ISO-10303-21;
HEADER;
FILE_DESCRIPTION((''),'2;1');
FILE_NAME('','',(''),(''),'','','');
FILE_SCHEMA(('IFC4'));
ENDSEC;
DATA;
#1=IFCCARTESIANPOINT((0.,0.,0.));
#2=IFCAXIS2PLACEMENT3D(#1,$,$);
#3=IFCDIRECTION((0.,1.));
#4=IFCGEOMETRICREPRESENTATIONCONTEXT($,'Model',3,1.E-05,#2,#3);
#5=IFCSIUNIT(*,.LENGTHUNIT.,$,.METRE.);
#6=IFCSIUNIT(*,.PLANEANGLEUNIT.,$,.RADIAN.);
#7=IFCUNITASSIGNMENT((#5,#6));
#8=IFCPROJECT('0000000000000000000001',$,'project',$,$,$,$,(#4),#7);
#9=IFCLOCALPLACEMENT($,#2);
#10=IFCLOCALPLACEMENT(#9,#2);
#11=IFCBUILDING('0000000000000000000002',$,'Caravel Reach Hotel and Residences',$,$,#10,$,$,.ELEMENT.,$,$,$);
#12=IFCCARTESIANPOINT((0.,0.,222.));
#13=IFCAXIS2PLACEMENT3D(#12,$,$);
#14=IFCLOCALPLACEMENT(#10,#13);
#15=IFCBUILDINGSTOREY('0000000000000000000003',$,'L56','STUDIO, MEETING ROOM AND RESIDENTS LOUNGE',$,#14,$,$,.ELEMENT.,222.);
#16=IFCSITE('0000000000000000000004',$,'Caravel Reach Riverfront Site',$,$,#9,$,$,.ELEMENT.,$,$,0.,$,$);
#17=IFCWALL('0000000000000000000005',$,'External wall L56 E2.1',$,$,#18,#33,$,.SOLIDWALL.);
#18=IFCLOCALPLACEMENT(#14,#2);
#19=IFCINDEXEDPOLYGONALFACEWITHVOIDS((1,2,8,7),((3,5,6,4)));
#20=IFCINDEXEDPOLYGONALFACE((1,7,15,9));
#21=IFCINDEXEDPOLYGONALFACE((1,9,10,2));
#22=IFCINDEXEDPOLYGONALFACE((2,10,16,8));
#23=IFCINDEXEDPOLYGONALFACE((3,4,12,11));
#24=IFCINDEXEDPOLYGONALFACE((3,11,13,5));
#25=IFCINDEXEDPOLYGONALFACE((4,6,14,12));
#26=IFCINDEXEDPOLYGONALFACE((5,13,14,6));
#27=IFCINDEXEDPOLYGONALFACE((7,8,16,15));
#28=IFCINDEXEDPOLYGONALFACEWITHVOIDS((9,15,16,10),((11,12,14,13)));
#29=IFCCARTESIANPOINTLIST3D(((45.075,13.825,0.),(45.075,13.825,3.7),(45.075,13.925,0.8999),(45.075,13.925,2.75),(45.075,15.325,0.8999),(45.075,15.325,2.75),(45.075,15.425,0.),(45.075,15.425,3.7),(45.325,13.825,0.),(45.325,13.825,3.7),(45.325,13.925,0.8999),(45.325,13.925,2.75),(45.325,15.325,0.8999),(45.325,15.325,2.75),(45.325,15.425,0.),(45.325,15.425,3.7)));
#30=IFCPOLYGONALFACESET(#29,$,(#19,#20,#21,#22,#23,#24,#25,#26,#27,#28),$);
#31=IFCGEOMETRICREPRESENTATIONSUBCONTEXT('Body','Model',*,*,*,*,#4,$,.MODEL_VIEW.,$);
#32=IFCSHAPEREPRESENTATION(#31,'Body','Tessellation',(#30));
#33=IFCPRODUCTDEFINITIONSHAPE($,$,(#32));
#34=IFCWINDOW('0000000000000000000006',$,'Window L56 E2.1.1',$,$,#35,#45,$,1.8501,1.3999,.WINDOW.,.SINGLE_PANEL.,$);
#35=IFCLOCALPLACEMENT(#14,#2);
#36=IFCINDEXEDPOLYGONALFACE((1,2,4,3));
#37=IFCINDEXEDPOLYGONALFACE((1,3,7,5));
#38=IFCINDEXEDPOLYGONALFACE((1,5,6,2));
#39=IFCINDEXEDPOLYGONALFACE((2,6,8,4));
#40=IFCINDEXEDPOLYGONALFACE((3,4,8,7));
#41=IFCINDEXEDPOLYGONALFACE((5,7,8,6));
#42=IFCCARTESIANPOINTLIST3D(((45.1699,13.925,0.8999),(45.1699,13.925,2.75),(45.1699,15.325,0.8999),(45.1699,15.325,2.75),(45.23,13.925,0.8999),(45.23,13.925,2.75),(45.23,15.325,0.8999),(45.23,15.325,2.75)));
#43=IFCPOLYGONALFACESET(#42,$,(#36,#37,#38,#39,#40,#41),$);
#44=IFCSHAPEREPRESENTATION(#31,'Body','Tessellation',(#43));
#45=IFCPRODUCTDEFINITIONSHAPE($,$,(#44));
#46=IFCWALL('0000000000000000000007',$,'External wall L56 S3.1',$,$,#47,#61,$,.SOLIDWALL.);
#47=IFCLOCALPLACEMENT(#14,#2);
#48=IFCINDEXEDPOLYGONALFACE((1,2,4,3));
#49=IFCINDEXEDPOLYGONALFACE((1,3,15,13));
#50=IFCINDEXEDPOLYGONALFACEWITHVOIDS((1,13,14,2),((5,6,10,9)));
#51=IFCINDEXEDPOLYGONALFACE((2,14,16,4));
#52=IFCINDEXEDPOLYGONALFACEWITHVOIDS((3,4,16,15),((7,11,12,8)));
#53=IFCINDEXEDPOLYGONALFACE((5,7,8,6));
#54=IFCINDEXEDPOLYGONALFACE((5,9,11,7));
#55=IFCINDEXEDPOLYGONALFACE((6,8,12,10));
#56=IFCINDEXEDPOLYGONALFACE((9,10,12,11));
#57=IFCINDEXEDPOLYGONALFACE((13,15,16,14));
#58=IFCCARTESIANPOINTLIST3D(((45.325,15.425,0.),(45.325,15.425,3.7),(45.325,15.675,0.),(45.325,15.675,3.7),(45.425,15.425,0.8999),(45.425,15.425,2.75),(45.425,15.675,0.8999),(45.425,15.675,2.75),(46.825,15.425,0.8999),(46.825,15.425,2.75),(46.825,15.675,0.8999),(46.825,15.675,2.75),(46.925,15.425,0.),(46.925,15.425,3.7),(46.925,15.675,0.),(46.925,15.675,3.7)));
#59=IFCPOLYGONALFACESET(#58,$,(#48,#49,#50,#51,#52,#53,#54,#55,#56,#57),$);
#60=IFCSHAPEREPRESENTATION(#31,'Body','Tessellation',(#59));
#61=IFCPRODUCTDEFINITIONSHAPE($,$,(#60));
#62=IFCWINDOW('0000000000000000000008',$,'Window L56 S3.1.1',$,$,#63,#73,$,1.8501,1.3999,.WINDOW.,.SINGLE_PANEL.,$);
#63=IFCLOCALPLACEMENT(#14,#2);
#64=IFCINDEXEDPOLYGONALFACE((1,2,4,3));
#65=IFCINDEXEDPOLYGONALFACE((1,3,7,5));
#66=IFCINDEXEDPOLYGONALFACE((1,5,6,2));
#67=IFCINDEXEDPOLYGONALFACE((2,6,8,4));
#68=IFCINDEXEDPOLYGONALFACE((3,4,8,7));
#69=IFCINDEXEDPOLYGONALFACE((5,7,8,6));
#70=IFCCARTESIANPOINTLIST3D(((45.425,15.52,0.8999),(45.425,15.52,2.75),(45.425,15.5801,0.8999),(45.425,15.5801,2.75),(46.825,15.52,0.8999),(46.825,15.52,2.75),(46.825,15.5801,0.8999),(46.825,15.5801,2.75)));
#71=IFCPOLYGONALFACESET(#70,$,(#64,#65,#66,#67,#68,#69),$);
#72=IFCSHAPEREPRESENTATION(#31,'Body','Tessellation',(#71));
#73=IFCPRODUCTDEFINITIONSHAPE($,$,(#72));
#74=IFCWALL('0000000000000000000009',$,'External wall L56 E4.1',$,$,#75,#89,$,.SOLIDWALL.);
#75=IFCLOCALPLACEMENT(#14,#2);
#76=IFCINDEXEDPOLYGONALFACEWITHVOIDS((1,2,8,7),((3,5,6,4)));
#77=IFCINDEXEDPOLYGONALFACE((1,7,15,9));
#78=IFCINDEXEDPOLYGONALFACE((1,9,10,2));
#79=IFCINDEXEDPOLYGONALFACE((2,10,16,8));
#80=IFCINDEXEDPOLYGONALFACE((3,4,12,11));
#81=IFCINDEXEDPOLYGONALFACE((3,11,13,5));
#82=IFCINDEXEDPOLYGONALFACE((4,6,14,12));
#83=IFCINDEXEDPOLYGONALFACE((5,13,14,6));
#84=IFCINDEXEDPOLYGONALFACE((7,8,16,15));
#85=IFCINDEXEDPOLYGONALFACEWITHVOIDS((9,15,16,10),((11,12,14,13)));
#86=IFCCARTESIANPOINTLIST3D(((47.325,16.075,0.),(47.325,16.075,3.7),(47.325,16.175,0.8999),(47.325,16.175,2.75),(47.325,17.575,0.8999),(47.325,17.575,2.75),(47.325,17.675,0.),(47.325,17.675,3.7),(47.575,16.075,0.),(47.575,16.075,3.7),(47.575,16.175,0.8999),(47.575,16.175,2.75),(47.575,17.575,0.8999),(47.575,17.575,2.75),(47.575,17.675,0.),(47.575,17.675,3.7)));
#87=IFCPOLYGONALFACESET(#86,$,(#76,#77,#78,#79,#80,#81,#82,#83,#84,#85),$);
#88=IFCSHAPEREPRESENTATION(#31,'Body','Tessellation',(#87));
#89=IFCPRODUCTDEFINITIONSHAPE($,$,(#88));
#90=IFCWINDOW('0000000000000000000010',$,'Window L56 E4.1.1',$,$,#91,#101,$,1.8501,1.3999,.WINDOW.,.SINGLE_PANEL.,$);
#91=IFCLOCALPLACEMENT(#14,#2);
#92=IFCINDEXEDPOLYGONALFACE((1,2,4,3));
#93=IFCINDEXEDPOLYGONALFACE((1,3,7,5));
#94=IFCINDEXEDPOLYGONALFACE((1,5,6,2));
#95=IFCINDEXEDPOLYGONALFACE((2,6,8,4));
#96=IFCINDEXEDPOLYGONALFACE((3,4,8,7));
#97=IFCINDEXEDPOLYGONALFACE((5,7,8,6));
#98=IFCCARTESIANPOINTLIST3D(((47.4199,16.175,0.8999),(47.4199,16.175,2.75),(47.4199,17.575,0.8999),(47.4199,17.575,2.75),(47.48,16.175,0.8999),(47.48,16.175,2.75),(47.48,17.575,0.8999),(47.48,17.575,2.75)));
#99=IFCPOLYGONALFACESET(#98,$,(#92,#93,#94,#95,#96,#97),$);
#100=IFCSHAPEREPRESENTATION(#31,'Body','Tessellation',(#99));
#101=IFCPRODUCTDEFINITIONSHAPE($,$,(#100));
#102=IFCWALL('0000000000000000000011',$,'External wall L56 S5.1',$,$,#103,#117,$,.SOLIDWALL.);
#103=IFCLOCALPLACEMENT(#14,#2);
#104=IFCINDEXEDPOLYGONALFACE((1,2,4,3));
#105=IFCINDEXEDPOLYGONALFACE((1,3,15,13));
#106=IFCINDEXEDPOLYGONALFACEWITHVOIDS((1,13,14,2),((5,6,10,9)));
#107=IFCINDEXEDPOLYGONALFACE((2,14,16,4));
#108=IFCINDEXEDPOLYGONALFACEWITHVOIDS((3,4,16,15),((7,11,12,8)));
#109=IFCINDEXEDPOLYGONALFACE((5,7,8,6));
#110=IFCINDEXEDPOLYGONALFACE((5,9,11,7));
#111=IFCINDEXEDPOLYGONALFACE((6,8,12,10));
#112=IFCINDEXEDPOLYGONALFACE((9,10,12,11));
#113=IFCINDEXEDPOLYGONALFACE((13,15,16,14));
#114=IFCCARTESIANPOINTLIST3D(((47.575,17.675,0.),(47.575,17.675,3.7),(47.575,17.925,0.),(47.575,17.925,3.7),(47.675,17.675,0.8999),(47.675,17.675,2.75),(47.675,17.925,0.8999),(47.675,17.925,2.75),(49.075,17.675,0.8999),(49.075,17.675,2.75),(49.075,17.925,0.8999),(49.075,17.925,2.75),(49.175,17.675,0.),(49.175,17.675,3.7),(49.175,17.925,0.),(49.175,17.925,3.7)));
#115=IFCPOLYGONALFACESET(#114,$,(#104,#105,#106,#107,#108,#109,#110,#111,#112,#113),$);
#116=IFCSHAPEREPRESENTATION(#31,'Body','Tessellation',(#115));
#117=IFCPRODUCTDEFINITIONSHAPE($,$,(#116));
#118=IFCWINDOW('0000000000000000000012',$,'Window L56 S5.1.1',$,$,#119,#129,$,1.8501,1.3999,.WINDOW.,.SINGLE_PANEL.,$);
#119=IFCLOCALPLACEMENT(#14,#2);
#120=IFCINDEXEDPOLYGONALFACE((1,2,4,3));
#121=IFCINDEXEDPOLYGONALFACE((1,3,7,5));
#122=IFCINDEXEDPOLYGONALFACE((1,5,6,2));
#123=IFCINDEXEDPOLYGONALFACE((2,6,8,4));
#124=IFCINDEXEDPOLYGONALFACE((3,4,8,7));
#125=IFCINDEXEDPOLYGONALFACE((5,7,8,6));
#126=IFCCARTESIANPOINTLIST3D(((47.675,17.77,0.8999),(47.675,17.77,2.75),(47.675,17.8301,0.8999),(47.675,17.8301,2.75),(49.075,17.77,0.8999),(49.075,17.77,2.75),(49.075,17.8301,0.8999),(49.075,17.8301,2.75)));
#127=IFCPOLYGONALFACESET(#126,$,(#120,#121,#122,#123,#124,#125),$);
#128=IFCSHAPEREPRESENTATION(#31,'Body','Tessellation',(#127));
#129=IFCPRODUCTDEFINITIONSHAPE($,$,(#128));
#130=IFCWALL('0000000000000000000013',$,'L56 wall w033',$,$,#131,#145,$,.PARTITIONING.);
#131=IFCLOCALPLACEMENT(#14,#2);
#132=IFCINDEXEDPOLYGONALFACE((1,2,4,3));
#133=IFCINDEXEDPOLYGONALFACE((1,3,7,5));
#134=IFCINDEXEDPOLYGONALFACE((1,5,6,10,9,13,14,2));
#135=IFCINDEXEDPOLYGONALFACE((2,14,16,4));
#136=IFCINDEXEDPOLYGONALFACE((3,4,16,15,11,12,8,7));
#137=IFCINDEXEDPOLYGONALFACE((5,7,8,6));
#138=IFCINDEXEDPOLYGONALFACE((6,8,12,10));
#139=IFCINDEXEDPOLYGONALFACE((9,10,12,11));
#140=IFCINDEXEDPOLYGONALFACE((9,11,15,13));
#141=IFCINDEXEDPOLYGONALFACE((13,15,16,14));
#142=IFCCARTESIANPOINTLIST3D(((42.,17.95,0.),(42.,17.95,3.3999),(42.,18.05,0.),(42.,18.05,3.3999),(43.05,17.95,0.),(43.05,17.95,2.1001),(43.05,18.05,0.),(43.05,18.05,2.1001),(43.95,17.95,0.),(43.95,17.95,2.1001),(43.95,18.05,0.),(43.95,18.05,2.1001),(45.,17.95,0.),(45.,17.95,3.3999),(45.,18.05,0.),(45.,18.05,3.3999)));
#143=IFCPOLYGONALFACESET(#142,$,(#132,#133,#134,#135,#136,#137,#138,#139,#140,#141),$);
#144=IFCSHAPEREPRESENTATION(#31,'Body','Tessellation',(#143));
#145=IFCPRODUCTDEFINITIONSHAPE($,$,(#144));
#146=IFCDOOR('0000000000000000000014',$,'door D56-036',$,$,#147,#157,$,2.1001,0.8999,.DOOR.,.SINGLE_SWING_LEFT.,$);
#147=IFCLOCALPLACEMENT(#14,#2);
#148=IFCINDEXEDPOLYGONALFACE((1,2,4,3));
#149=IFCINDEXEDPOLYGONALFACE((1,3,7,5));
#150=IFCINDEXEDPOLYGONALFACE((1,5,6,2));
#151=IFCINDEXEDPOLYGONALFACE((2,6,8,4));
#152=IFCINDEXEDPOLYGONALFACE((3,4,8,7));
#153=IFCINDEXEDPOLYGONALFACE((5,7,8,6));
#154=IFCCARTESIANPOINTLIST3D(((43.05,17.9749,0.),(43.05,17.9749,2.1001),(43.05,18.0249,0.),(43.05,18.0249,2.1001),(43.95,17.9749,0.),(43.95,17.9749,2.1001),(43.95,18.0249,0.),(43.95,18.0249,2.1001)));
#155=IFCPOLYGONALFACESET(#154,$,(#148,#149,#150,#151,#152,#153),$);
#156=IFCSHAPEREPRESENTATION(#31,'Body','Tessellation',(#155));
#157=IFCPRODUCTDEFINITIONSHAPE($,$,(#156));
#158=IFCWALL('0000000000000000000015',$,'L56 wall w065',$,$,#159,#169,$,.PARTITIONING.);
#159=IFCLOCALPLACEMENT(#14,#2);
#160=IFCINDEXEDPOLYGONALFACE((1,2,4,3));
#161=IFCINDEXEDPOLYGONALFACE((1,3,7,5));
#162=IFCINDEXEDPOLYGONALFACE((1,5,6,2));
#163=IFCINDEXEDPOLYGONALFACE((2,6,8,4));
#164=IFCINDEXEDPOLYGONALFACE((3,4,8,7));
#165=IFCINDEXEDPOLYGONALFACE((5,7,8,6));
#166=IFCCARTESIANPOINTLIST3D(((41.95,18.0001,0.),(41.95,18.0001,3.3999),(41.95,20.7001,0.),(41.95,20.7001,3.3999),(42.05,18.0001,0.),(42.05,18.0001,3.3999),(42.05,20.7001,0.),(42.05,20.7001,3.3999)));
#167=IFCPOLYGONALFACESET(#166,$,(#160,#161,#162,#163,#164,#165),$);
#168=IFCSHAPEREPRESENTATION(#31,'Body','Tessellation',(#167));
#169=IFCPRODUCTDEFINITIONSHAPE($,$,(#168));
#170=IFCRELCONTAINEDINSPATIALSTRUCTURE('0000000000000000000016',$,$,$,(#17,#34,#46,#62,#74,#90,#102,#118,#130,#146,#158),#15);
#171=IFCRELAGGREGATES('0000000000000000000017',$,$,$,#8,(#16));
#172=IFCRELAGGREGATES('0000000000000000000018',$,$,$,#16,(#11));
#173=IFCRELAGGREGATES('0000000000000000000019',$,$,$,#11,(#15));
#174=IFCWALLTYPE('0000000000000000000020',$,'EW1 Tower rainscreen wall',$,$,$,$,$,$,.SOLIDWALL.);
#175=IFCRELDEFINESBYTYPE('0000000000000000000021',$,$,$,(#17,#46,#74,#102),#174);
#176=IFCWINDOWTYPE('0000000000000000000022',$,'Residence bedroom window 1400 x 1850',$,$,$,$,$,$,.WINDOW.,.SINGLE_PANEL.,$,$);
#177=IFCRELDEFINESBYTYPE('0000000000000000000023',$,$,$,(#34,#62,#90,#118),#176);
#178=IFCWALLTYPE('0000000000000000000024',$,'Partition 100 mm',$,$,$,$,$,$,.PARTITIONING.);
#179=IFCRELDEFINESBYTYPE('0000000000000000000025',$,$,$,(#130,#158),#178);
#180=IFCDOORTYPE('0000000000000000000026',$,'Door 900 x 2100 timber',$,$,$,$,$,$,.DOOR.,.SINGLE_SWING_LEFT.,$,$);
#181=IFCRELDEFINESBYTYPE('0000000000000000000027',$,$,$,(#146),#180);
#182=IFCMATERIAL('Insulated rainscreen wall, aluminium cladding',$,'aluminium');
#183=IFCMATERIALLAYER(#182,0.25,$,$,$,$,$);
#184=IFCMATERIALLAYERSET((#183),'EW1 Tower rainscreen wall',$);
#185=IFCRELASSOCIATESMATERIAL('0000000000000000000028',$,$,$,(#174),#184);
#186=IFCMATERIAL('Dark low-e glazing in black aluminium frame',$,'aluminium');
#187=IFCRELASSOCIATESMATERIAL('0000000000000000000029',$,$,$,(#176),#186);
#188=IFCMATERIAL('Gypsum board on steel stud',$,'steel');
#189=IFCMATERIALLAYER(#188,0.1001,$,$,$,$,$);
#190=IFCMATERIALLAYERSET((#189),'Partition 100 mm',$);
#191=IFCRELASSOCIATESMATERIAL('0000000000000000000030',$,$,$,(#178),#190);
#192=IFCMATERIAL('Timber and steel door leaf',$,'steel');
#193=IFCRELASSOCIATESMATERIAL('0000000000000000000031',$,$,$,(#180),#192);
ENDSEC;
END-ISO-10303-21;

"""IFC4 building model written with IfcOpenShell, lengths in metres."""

from ifc_helpers import new_model, si_unit, direction, frame, frame_2d, origin, place, context, subcontext, project, spatial, rectangle, extrude, material, layer, layer_set, type_object, element, fill, save


model = new_model("IFC4")

# Units and contexts
model_context = context("Model", 3, precision=1e-05, world=origin(), true_north=direction((0.0, 1.0)))
body_context = subcontext(model_context, "Body", "Model", "MODEL_VIEW")
ifc_project = project(units=[si_unit("LENGTHUNIT", "METRE"), si_unit("PLANEANGLEUNIT", "RADIAN")], contexts=[model_context])

# Site, building, storey
site_placement = place(None, origin())
site = spatial("IfcSite", under=ifc_project, at=site_placement, Name="Caravel Reach Riverfront Site", CompositionType="ELEMENT", RefElevation=0.0)
building_placement = place(site_placement, origin())
building = spatial("IfcBuilding", under=site, at=building_placement, Name="Caravel Reach Hotel and Residences", CompositionType="ELEMENT")
storey_placement = place(building_placement, frame((0.0, 0.0, 222.0)))
storey = spatial("IfcBuildingStorey", under=building, at=storey_placement, Name="L56", Description="STUDIO, MEETING ROOM AND RESIDENTS LOUNGE", CompositionType="ELEMENT", Elevation=222.0)

# Walls, openings, windows
ifc_material_1 = material(Name="Insulated rainscreen wall, aluminium cladding", Category="aluminium")
ifc_layer_1 = layer(ifc_material_1, 0.25)
ifc_layer_set_1 = layer_set([ifc_layer_1], Name="EW1 Tower rainscreen wall")
wall_type_1 = type_object("IfcWallType", Name="EW1 Tower rainscreen wall", PredefinedType="SOLIDWALL", material=ifc_layer_set_1)
wall_1_placement = place(storey_placement, frame((45.2, 13.825, 0.0), z_axis=(0.0, 0.0, 1.0), x_axis=(0.0, 1.0, 0.0)))
wall_1 = element("IfcWall", 1, at=wall_1_placement, inside=storey, type_object=wall_type_1, Name="External wall L56 E2.1", PredefinedType="SOLIDWALL", context=body_context, shape_type="SweptSolid", body=[
    extrude(rectangle(XDim=1.6001, YDim=0.25, at=frame_2d((0.8, 0.0))), origin(), (0.0, 0.0, 1.0), 3.7),
])
opening_1_placement = place(wall_1_placement, frame((0.1001, 0.0, 0.8999)))
opening_1 = element("IfcOpeningElement", 2, at=opening_1_placement, cuts=wall_1, PredefinedType="OPENING", context=body_context, shape_type="SweptSolid", body=[
    extrude(rectangle(XDim=1.3999, YDim=1.8501, at=frame_2d((0.7, 0.925))), frame((0.0, 0.135, 0.0), z_axis=(0.0, -1.0, 0.0), x_axis=(1.0, 0.0, 0.0)), (0.0, 0.0, 1.0), 0.27),
])
ifc_material_2 = material(Name="Dark low-e glazing in black aluminium frame", Category="aluminium")
window_type_1 = type_object("IfcWindowType", Name="Residence bedroom window 1400 x 1850", PartitioningType="SINGLE_PANEL", PredefinedType="WINDOW", material=ifc_material_2)
window_1_placement = place(opening_1_placement, origin())
window_1 = element("IfcWindow", 3, at=window_1_placement, inside=storey, type_object=window_type_1, Name="Window L56 E2.1.1", OverallHeight=1.8501, OverallWidth=1.3999, PartitioningType="SINGLE_PANEL", PredefinedType="WINDOW", context=body_context, shape_type="SweptSolid", body=[
    extrude(rectangle(XDim=1.3999, YDim=1.8501, at=frame_2d((0.7, 0.925))), frame((0.0, 0.03, 0.0), z_axis=(0.0, -1.0, 0.0), x_axis=(1.0, 0.0, 0.0)), (0.0, 0.0, 1.0), 0.0601),
])
fill(opening_1, window_1)
wall_2_placement = place(storey_placement, frame((45.325, 15.55, 0.0), z_axis=(0.0, 0.0, 1.0), x_axis=(1.0, 0.0, 0.0)))
wall_2 = element("IfcWall", 4, at=wall_2_placement, inside=storey, type_object=wall_type_1, Name="External wall L56 S3.1", PredefinedType="SOLIDWALL", context=body_context, shape_type="SweptSolid", body=[
    extrude(rectangle(XDim=1.6001, YDim=0.25, at=frame_2d((0.8, 0.0))), origin(), (0.0, 0.0, 1.0), 3.7),
])
opening_2_placement = place(wall_2_placement, frame((0.1001, 0.0, 0.8999)))
opening_2 = element("IfcOpeningElement", 5, at=opening_2_placement, cuts=wall_2, PredefinedType="OPENING", context=body_context, shape_type="SweptSolid", body=[
    extrude(rectangle(XDim=1.3999, YDim=1.8501, at=frame_2d((0.7, 0.925))), frame((0.0, 0.135, 0.0), z_axis=(0.0, -1.0, 0.0), x_axis=(1.0, 0.0, 0.0)), (0.0, 0.0, 1.0), 0.27),
])
window_2_placement = place(opening_2_placement, origin())
window_2 = element("IfcWindow", 6, at=window_2_placement, inside=storey, type_object=window_type_1, Name="Window L56 S3.1.1", OverallHeight=1.8501, OverallWidth=1.3999, PartitioningType="SINGLE_PANEL", PredefinedType="WINDOW", context=body_context, shape_type="SweptSolid", body=[
    extrude(rectangle(XDim=1.3999, YDim=1.8501, at=frame_2d((0.7, 0.925))), frame((0.0, 0.03, 0.0), z_axis=(0.0, -1.0, 0.0), x_axis=(1.0, 0.0, 0.0)), (0.0, 0.0, 1.0), 0.0601),
])
fill(opening_2, window_2)
wall_3_placement = place(storey_placement, frame((47.45, 16.075, 0.0), z_axis=(0.0, 0.0, 1.0), x_axis=(0.0, 1.0, 0.0)))
wall_3 = element("IfcWall", 7, at=wall_3_placement, inside=storey, type_object=wall_type_1, Name="External wall L56 E4.1", PredefinedType="SOLIDWALL", context=body_context, shape_type="SweptSolid", body=[
    extrude(rectangle(XDim=1.6001, YDim=0.25, at=frame_2d((0.8, 0.0))), origin(), (0.0, 0.0, 1.0), 3.7),
])
opening_3_placement = place(wall_3_placement, frame((0.1001, 0.0, 0.8999)))
opening_3 = element("IfcOpeningElement", 8, at=opening_3_placement, cuts=wall_3, PredefinedType="OPENING", context=body_context, shape_type="SweptSolid", body=[
    extrude(rectangle(XDim=1.3999, YDim=1.8501, at=frame_2d((0.7, 0.925))), frame((0.0, 0.135, 0.0), z_axis=(0.0, -1.0, 0.0), x_axis=(1.0, 0.0, 0.0)), (0.0, 0.0, 1.0), 0.27),
])
window_3_placement = place(opening_3_placement, origin())
window_3 = element("IfcWindow", 9, at=window_3_placement, inside=storey, type_object=window_type_1, Name="Window L56 E4.1.1", OverallHeight=1.8501, OverallWidth=1.3999, PartitioningType="SINGLE_PANEL", PredefinedType="WINDOW", context=body_context, shape_type="SweptSolid", body=[
    extrude(rectangle(XDim=1.3999, YDim=1.8501, at=frame_2d((0.7, 0.925))), frame((0.0, 0.03, 0.0), z_axis=(0.0, -1.0, 0.0), x_axis=(1.0, 0.0, 0.0)), (0.0, 0.0, 1.0), 0.0601),
])
fill(opening_3, window_3)
wall_4_placement = place(storey_placement, frame((47.575, 17.8, 0.0), z_axis=(0.0, 0.0, 1.0), x_axis=(1.0, 0.0, 0.0)))
wall_4 = element("IfcWall", 10, at=wall_4_placement, inside=storey, type_object=wall_type_1, Name="External wall L56 S5.1", PredefinedType="SOLIDWALL", context=body_context, shape_type="SweptSolid", body=[
    extrude(rectangle(XDim=1.6001, YDim=0.25, at=frame_2d((0.8, 0.0))), origin(), (0.0, 0.0, 1.0), 3.7),
])
opening_4_placement = place(wall_4_placement, frame((0.1001, 0.0, 0.8999)))
opening_4 = element("IfcOpeningElement", 11, at=opening_4_placement, cuts=wall_4, PredefinedType="OPENING", context=body_context, shape_type="SweptSolid", body=[
    extrude(rectangle(XDim=1.3999, YDim=1.8501, at=frame_2d((0.7, 0.925))), frame((0.0, 0.135, 0.0), z_axis=(0.0, -1.0, 0.0), x_axis=(1.0, 0.0, 0.0)), (0.0, 0.0, 1.0), 0.27),
])
window_4_placement = place(opening_4_placement, origin())
window_4 = element("IfcWindow", 12, at=window_4_placement, inside=storey, type_object=window_type_1, Name="Window L56 S5.1.1", OverallHeight=1.8501, OverallWidth=1.3999, PartitioningType="SINGLE_PANEL", PredefinedType="WINDOW", context=body_context, shape_type="SweptSolid", body=[
    extrude(rectangle(XDim=1.3999, YDim=1.8501, at=frame_2d((0.7, 0.925))), frame((0.0, 0.03, 0.0), z_axis=(0.0, -1.0, 0.0), x_axis=(1.0, 0.0, 0.0)), (0.0, 0.0, 1.0), 0.0601),
])
fill(opening_4, window_4)

# Wall, opening, door
ifc_material_3 = material(Name="Gypsum board on steel stud", Category="steel")
ifc_layer_2 = layer(ifc_material_3, 0.1001)
ifc_layer_set_2 = layer_set([ifc_layer_2], Name="Partition 100 mm")
wall_type_2 = type_object("IfcWallType", Name="Partition 100 mm", PredefinedType="PARTITIONING", material=ifc_layer_set_2)
wall_5_placement = place(storey_placement, frame((42.0, 18.0, 0.0), z_axis=(0.0, 0.0, 1.0), x_axis=(1.0, 0.0, 0.0)))
wall_5 = element("IfcWall", 13, at=wall_5_placement, inside=storey, type_object=wall_type_2, Name="L56 wall w033", PredefinedType="PARTITIONING", context=body_context, shape_type="SweptSolid", body=[
    extrude(rectangle(XDim=3.0, YDim=0.1001, at=frame_2d((1.5, 0.0))), origin(), (0.0, 0.0, 1.0), 3.3999),
])
opening_5_placement = place(wall_5_placement, frame((1.05, 0.0, 0.0)))
opening_5 = element("IfcOpeningElement", 14, at=opening_5_placement, cuts=wall_5, PredefinedType="OPENING", context=body_context, shape_type="SweptSolid", body=[
    extrude(rectangle(XDim=0.8999, YDim=2.1001, at=frame_2d((0.45, 1.05))), frame((0.0, 0.0601, 0.0), z_axis=(0.0, -1.0, 0.0), x_axis=(1.0, 0.0, 0.0)), (0.0, 0.0, 1.0), 0.1201),
])
ifc_material_4 = material(Name="Timber and steel door leaf", Category="steel")
door_type_1 = type_object("IfcDoorType", Name="Door 900 x 2100 timber", OperationType="SINGLE_SWING_LEFT", PredefinedType="DOOR", material=ifc_material_4)
door_1_placement = place(opening_5_placement, origin())
door_1 = element("IfcDoor", 15, at=door_1_placement, inside=storey, type_object=door_type_1, Name="door D56-036", OperationType="SINGLE_SWING_LEFT", OverallHeight=2.1001, OverallWidth=0.8999, PredefinedType="DOOR", context=body_context, shape_type="SweptSolid", body=[
    extrude(rectangle(XDim=0.8999, YDim=2.1001, at=frame_2d((0.45, 1.05))), frame((0.0, 0.0249, 0.0), z_axis=(0.0, -1.0, 0.0), x_axis=(1.0, 0.0, 0.0)), (0.0, 0.0, 1.0), 0.05),
])
fill(opening_5, door_1)

# Wall
wall_6_placement = place(storey_placement, frame((42.0, 18.0, 0.0), z_axis=(0.0, 0.0, 1.0), x_axis=(0.0, 1.0, 0.0)))
element("IfcWall", 16, at=wall_6_placement, inside=storey, type_object=wall_type_2, Name="L56 wall w065", PredefinedType="PARTITIONING", context=body_context, shape_type="SweptSolid", body=[
    extrude(rectangle(XDim=2.7, YDim=0.1001, at=frame_2d((1.3501, 0.0))), origin(), (0.0, 0.0, 1.0), 3.3999),
])

save(model, "model.ifc")
